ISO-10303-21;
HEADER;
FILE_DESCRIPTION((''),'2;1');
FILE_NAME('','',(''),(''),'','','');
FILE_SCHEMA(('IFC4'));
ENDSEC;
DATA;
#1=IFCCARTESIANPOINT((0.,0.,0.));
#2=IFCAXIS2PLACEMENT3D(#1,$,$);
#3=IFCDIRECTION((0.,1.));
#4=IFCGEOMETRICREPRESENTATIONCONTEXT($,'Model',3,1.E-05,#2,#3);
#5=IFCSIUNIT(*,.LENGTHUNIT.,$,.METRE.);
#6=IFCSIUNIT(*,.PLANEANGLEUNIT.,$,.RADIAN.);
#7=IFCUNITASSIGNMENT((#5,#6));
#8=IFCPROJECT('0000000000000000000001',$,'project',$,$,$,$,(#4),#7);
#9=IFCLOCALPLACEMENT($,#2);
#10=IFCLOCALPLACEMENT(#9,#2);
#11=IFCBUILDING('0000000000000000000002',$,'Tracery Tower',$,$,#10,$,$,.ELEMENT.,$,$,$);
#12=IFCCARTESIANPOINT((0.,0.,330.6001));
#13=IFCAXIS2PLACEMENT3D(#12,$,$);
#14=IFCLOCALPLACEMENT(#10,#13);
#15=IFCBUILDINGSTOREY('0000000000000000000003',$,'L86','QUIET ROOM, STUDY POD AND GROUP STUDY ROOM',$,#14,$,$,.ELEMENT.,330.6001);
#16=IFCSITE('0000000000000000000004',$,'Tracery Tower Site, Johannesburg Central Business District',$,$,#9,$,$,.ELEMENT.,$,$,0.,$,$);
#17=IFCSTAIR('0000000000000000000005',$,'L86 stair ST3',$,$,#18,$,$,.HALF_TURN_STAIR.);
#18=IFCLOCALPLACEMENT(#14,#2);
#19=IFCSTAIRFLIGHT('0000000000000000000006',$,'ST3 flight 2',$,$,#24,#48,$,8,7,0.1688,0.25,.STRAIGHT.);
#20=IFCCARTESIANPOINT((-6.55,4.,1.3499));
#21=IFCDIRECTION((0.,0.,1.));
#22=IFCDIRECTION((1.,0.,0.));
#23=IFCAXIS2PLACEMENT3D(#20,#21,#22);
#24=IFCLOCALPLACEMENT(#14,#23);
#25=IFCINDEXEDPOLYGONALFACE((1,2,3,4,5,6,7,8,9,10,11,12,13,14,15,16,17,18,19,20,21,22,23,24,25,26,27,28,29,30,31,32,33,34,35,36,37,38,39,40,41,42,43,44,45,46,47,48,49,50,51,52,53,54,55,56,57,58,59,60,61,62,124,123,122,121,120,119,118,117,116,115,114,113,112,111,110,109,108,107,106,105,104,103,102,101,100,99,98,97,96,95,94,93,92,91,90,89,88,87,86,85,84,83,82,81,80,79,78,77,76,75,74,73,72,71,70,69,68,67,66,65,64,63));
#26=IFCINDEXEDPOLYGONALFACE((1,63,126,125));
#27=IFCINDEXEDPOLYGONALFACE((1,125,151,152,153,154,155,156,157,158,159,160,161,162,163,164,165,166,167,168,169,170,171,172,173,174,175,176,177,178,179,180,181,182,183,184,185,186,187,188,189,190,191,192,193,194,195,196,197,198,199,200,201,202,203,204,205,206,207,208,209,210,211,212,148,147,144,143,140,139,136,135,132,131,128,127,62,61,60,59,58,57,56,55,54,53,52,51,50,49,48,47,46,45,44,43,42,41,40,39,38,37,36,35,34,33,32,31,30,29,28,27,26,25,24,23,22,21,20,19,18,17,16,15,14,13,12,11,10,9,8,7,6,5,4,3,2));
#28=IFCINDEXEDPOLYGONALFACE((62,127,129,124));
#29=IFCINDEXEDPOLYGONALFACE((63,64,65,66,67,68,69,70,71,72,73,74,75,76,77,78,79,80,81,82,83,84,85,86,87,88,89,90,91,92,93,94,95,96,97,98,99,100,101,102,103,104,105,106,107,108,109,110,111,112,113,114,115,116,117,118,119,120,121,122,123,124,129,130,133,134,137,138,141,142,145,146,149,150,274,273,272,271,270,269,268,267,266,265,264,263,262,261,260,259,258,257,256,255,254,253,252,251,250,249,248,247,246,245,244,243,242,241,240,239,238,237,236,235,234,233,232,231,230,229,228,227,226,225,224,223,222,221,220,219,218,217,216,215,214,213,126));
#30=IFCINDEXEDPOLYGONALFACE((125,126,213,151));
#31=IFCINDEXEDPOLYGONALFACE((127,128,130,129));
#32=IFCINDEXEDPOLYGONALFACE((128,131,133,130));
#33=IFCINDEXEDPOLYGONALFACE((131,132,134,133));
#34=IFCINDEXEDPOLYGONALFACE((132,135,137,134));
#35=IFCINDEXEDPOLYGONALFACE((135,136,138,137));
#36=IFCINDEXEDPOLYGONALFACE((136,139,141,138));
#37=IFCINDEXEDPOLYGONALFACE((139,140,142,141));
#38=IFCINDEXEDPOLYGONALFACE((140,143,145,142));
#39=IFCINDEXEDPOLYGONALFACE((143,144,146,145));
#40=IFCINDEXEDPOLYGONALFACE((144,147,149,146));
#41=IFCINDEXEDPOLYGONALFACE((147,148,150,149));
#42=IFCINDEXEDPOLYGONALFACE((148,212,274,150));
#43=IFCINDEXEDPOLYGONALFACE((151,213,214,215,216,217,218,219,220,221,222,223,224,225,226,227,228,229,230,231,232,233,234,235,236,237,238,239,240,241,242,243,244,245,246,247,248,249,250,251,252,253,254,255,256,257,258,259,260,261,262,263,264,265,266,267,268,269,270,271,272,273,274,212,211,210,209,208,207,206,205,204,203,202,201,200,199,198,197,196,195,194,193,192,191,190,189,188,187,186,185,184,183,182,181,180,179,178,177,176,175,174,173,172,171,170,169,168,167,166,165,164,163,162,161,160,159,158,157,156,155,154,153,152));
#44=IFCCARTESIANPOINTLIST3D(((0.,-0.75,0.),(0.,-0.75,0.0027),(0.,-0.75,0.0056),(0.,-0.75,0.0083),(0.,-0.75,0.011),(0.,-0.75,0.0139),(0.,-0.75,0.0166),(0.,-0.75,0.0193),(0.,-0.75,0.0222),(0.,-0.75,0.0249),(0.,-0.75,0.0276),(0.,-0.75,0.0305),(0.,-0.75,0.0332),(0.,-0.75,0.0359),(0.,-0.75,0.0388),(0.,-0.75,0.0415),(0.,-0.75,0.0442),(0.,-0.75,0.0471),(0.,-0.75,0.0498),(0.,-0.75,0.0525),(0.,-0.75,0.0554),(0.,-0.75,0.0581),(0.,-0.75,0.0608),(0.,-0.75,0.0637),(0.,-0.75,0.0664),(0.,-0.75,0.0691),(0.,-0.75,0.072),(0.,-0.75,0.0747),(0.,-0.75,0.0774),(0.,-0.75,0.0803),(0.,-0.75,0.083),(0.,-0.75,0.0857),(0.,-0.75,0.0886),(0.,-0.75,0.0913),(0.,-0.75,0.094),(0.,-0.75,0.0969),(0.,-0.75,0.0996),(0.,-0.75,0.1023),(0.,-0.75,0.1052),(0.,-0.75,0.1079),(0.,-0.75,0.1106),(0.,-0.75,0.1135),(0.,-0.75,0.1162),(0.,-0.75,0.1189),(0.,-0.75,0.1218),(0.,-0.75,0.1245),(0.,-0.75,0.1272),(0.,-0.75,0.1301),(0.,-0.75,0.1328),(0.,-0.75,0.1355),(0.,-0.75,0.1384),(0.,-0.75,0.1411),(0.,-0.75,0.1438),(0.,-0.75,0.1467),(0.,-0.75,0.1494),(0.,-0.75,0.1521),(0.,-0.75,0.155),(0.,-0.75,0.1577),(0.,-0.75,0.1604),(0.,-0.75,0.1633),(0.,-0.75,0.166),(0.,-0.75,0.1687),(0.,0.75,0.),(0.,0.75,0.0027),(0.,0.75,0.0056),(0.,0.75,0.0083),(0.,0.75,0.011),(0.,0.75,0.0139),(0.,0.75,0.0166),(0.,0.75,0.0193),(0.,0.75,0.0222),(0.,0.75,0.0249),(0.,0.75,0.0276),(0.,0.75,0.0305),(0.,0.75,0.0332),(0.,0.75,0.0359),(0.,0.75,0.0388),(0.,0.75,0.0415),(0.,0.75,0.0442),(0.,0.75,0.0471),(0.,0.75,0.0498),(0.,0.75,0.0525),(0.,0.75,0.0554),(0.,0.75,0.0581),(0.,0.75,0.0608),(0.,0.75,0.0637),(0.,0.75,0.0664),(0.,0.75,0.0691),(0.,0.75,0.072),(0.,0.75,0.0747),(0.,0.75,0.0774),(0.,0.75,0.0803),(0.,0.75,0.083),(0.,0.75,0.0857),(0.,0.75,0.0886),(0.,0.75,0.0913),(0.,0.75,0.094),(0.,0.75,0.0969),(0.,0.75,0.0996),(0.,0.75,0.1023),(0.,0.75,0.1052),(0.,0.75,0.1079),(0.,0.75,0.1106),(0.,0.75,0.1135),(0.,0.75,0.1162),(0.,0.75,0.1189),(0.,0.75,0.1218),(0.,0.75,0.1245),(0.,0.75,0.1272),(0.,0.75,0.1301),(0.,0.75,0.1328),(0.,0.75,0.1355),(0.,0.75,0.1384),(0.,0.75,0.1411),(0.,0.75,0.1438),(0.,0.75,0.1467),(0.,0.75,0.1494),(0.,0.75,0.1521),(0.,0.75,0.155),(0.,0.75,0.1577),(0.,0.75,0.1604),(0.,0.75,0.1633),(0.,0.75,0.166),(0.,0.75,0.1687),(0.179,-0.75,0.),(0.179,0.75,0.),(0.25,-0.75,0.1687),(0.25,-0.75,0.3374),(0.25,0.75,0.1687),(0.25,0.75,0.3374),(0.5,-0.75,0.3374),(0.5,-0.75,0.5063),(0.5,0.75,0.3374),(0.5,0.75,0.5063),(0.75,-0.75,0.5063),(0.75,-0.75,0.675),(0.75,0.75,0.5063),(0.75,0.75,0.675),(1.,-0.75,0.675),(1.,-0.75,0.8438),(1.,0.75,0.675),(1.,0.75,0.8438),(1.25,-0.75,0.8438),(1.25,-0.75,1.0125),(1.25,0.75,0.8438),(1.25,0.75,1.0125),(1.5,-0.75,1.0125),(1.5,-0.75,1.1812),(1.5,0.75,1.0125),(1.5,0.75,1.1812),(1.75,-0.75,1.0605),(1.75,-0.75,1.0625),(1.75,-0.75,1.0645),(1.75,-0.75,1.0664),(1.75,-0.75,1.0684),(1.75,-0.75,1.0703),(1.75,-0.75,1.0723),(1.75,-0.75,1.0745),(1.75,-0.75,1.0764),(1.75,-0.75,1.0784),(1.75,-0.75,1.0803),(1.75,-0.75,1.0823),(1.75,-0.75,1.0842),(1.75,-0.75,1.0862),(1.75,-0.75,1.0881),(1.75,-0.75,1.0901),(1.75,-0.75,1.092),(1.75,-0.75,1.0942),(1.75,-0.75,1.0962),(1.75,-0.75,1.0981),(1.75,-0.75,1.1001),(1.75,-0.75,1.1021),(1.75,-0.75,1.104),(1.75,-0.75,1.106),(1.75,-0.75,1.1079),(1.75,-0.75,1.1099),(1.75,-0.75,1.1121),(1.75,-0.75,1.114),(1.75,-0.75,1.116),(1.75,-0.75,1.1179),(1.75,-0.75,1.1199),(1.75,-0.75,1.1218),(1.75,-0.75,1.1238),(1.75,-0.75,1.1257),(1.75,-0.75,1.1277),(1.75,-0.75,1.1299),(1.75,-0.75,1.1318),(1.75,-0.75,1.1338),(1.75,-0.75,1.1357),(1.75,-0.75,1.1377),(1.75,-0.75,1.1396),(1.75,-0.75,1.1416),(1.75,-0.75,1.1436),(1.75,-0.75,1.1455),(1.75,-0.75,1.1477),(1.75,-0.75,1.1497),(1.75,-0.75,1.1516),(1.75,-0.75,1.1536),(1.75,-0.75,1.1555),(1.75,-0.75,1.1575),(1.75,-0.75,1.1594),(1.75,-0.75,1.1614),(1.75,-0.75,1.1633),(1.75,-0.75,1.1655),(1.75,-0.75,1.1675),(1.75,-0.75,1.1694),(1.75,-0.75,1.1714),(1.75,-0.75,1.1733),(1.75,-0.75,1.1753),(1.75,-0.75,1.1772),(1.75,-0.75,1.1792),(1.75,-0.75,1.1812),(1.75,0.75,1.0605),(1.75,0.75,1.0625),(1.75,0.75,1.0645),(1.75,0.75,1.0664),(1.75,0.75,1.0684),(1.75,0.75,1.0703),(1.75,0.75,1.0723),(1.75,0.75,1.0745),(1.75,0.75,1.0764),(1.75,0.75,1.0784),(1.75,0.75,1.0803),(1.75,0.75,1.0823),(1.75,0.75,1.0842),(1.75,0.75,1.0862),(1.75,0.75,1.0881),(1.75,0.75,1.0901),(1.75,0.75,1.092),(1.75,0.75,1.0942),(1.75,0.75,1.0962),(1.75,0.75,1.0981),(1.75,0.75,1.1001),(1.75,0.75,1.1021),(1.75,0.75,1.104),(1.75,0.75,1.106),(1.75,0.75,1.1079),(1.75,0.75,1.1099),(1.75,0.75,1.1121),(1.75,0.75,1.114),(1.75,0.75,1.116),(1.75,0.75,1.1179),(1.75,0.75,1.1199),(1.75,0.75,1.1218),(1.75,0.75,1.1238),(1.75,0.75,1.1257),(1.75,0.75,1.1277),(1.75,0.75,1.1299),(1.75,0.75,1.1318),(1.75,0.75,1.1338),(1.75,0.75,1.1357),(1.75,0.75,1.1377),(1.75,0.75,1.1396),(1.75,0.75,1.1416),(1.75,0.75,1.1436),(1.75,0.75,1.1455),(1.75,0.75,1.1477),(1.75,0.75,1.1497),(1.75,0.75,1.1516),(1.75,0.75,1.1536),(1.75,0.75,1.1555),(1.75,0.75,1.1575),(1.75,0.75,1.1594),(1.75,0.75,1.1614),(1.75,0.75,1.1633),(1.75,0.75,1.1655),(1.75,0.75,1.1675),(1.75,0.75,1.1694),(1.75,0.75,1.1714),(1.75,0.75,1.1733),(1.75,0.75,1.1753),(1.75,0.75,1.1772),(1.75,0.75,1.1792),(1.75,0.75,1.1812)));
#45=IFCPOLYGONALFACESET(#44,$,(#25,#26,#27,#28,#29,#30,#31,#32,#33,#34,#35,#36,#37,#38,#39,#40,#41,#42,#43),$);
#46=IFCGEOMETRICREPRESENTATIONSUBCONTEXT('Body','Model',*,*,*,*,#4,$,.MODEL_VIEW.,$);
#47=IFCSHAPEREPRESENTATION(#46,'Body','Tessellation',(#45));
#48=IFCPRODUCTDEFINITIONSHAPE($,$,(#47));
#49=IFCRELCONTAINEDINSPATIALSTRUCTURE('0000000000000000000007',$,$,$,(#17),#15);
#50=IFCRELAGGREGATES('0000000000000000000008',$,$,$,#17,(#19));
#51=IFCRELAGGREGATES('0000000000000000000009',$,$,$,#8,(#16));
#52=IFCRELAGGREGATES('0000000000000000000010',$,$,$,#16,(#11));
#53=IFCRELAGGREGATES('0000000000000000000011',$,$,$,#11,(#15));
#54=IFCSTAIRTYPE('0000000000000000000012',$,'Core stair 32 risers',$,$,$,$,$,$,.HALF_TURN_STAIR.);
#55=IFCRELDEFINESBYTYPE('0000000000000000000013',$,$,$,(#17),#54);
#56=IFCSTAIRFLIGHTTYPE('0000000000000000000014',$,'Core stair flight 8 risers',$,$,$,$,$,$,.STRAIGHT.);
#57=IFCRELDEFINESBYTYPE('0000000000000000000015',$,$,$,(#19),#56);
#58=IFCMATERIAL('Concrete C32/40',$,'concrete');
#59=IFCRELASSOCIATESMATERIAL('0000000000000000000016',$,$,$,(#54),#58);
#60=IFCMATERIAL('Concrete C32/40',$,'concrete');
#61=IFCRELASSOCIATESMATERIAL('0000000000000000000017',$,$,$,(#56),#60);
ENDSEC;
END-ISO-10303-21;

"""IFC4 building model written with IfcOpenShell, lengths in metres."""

from ifc_helpers import new_model, si_unit, direction, frame, origin, place, context, subcontext, project, spatial, polyline, outline, extrude, material, type_object, element, aggregate, save


model = new_model("IFC4")

# Units and contexts
model_context = context("Model", 3, precision=1e-05, world=origin(), true_north=direction((0.0, 1.0)))
body_context = subcontext(model_context, "Body", "Model", "MODEL_VIEW")
ifc_project = project(units=[si_unit("LENGTHUNIT", "METRE"), si_unit("PLANEANGLEUNIT", "RADIAN")], contexts=[model_context])

# Site, building, storey
site_placement = place(None, origin())
site = spatial("IfcSite", under=ifc_project, at=site_placement, Name="Tracery Tower Site, Johannesburg Central Business District", CompositionType="ELEMENT", RefElevation=0.0)
building_placement = place(site_placement, origin())
building = spatial("IfcBuilding", under=site, at=building_placement, Name="Tracery Tower", CompositionType="ELEMENT")
storey_placement = place(building_placement, frame((0.0, 0.0, 330.6001)))
storey = spatial("IfcBuildingStorey", under=building, at=storey_placement, Name="L86", Description="QUIET ROOM, STUDY POD AND GROUP STUDY ROOM", CompositionType="ELEMENT", Elevation=330.6001)

# Shared definitions
ifc_material_1 = material(Name="Concrete C32/40", Category="concrete")
stair_type = type_object("IfcStairType", Name="Core stair 32 risers", PredefinedType="HALF_TURN_STAIR", material=ifc_material_1)

# Stair, stair flight
stair_1_placement = place(storey_placement, origin())
stair_1 = element("IfcStair", 1, at=stair_1_placement, inside=storey, type_object=stair_type, Name="L86 stair ST3", PredefinedType="HALF_TURN_STAIR")
ifc_material_2 = material(Name="Concrete C32/40", Category="concrete")
stair_flight_type = type_object("IfcStairFlightType", Name="Core stair flight 8 risers", PredefinedType="STRAIGHT", material=ifc_material_2)
stair_flight_1_placement = place(storey_placement, frame((-6.55, 4.0, 1.3499), z_axis=(0.0, 0.0, 1.0), x_axis=(1.0, 0.0, 0.0)))
stair_flight_1 = element("IfcStairFlight", 2, at=stair_flight_1_placement, type_object=stair_flight_type, Name="ST3 flight 2", NumberOfRisers=8, NumberOfTreads=7, PredefinedType="STRAIGHT", RiserHeight=0.1688, TreadLength=0.25, context=body_context, shape_type="SweptSolid", body=[
    extrude(outline(polyline([(0.0, 0.0), (0.0, 0.0027), (0.0, 0.0056), (0.0, 0.0083), (0.0, 0.011), (0.0, 0.0139), (0.0, 0.0166), (0.0, 0.0193), (0.0, 0.0222), (0.0, 0.0249), (0.0, 0.0276), (0.0, 0.0305), (0.0, 0.0332), (0.0, 0.0359), (0.0, 0.0388), (0.0, 0.0415), (0.0, 0.0442), (0.0, 0.0471), (0.0, 0.0498), (0.0, 0.0525), (0.0, 0.0554), (0.0, 0.0581), (0.0, 0.0608), (0.0, 0.0637), (0.0, 0.0664), (0.0, 0.0691), (0.0, 0.072), (0.0, 0.0747), (0.0, 0.0774), (0.0, 0.0803), (0.0, 0.083), (0.0, 0.0857), (0.0, 0.0886), (0.0, 0.0913), (0.0, 0.094), (0.0, 0.0969), (0.0, 0.0996), (0.0, 0.1023), (0.0, 0.1052), (0.0, 0.1079), (0.0, 0.1106), (0.0, 0.1135), (0.0, 0.1162), (0.0, 0.1189), (0.0, 0.1218), (0.0, 0.1245), (0.0, 0.1272), (0.0, 0.1301), (0.0, 0.1328), (0.0, 0.1355), (0.0, 0.1384), (0.0, 0.1411), (0.0, 0.1438), (0.0, 0.1467), (0.0, 0.1494), (0.0, 0.1521), (0.0, 0.155), (0.0, 0.1577), (0.0, 0.1604), (0.0, 0.1633), (0.0, 0.166), (0.0, 0.1687), (0.25, 0.1687), (0.25, 0.3374), (0.5, 0.3374), (0.5, 0.5063), (0.75, 0.5063), (0.75, 0.675), (1.0, 0.675), (1.0, 0.8438), (1.25, 0.8438), (1.25, 1.0125), (1.5, 1.0125), (1.5, 1.1812), (1.75, 1.1812), (1.75, 1.1792), (1.75, 1.1772), (1.75, 1.1753), (1.75, 1.1733), (1.75, 1.1714), (1.75, 1.1694), (1.75, 1.1675), (1.75, 1.1655), (1.75, 1.1633), (1.75, 1.1614), (1.75, 1.1594), (1.75, 1.1575), (1.75, 1.1555), (1.75, 1.1536), (1.75, 1.1516), (1.75, 1.1497), (1.75, 1.1477), (1.75, 1.1455), (1.75, 1.1436), (1.75, 1.1416), (1.75, 1.1396), (1.75, 1.1377), (1.75, 1.1357), (1.75, 1.1338), (1.75, 1.1318), (1.75, 1.1299), (1.75, 1.1277), (1.75, 1.1257), (1.75, 1.1238), (1.75, 1.1218), (1.75, 1.1199), (1.75, 1.1179), (1.75, 1.116), (1.75, 1.114), (1.75, 1.1121), (1.75, 1.1099), (1.75, 1.1079), (1.75, 1.106), (1.75, 1.104), (1.75, 1.1021), (1.75, 1.1001), (1.75, 1.0981), (1.75, 1.0962), (1.75, 1.0942), (1.75, 1.092), (1.75, 1.0901), (1.75, 1.0881), (1.75, 1.0862), (1.75, 1.0842), (1.75, 1.0823), (1.75, 1.0803), (1.75, 1.0784), (1.75, 1.0764), (1.75, 1.0745), (1.75, 1.0723), (1.75, 1.0703), (1.75, 1.0684), (1.75, 1.0664), (1.75, 1.0645), (1.75, 1.0625), (1.75, 1.0605), (0.179, 0.0), (0.0, 0.0)])), frame((0.0, 0.75, 0.0), z_axis=(0.0, -1.0, 0.0), x_axis=(1.0, 0.0, 0.0)), (0.0, 0.0, 1.0), 1.5),
])
aggregate(stair_1, [stair_flight_1])

save(model, "model.ifc")
